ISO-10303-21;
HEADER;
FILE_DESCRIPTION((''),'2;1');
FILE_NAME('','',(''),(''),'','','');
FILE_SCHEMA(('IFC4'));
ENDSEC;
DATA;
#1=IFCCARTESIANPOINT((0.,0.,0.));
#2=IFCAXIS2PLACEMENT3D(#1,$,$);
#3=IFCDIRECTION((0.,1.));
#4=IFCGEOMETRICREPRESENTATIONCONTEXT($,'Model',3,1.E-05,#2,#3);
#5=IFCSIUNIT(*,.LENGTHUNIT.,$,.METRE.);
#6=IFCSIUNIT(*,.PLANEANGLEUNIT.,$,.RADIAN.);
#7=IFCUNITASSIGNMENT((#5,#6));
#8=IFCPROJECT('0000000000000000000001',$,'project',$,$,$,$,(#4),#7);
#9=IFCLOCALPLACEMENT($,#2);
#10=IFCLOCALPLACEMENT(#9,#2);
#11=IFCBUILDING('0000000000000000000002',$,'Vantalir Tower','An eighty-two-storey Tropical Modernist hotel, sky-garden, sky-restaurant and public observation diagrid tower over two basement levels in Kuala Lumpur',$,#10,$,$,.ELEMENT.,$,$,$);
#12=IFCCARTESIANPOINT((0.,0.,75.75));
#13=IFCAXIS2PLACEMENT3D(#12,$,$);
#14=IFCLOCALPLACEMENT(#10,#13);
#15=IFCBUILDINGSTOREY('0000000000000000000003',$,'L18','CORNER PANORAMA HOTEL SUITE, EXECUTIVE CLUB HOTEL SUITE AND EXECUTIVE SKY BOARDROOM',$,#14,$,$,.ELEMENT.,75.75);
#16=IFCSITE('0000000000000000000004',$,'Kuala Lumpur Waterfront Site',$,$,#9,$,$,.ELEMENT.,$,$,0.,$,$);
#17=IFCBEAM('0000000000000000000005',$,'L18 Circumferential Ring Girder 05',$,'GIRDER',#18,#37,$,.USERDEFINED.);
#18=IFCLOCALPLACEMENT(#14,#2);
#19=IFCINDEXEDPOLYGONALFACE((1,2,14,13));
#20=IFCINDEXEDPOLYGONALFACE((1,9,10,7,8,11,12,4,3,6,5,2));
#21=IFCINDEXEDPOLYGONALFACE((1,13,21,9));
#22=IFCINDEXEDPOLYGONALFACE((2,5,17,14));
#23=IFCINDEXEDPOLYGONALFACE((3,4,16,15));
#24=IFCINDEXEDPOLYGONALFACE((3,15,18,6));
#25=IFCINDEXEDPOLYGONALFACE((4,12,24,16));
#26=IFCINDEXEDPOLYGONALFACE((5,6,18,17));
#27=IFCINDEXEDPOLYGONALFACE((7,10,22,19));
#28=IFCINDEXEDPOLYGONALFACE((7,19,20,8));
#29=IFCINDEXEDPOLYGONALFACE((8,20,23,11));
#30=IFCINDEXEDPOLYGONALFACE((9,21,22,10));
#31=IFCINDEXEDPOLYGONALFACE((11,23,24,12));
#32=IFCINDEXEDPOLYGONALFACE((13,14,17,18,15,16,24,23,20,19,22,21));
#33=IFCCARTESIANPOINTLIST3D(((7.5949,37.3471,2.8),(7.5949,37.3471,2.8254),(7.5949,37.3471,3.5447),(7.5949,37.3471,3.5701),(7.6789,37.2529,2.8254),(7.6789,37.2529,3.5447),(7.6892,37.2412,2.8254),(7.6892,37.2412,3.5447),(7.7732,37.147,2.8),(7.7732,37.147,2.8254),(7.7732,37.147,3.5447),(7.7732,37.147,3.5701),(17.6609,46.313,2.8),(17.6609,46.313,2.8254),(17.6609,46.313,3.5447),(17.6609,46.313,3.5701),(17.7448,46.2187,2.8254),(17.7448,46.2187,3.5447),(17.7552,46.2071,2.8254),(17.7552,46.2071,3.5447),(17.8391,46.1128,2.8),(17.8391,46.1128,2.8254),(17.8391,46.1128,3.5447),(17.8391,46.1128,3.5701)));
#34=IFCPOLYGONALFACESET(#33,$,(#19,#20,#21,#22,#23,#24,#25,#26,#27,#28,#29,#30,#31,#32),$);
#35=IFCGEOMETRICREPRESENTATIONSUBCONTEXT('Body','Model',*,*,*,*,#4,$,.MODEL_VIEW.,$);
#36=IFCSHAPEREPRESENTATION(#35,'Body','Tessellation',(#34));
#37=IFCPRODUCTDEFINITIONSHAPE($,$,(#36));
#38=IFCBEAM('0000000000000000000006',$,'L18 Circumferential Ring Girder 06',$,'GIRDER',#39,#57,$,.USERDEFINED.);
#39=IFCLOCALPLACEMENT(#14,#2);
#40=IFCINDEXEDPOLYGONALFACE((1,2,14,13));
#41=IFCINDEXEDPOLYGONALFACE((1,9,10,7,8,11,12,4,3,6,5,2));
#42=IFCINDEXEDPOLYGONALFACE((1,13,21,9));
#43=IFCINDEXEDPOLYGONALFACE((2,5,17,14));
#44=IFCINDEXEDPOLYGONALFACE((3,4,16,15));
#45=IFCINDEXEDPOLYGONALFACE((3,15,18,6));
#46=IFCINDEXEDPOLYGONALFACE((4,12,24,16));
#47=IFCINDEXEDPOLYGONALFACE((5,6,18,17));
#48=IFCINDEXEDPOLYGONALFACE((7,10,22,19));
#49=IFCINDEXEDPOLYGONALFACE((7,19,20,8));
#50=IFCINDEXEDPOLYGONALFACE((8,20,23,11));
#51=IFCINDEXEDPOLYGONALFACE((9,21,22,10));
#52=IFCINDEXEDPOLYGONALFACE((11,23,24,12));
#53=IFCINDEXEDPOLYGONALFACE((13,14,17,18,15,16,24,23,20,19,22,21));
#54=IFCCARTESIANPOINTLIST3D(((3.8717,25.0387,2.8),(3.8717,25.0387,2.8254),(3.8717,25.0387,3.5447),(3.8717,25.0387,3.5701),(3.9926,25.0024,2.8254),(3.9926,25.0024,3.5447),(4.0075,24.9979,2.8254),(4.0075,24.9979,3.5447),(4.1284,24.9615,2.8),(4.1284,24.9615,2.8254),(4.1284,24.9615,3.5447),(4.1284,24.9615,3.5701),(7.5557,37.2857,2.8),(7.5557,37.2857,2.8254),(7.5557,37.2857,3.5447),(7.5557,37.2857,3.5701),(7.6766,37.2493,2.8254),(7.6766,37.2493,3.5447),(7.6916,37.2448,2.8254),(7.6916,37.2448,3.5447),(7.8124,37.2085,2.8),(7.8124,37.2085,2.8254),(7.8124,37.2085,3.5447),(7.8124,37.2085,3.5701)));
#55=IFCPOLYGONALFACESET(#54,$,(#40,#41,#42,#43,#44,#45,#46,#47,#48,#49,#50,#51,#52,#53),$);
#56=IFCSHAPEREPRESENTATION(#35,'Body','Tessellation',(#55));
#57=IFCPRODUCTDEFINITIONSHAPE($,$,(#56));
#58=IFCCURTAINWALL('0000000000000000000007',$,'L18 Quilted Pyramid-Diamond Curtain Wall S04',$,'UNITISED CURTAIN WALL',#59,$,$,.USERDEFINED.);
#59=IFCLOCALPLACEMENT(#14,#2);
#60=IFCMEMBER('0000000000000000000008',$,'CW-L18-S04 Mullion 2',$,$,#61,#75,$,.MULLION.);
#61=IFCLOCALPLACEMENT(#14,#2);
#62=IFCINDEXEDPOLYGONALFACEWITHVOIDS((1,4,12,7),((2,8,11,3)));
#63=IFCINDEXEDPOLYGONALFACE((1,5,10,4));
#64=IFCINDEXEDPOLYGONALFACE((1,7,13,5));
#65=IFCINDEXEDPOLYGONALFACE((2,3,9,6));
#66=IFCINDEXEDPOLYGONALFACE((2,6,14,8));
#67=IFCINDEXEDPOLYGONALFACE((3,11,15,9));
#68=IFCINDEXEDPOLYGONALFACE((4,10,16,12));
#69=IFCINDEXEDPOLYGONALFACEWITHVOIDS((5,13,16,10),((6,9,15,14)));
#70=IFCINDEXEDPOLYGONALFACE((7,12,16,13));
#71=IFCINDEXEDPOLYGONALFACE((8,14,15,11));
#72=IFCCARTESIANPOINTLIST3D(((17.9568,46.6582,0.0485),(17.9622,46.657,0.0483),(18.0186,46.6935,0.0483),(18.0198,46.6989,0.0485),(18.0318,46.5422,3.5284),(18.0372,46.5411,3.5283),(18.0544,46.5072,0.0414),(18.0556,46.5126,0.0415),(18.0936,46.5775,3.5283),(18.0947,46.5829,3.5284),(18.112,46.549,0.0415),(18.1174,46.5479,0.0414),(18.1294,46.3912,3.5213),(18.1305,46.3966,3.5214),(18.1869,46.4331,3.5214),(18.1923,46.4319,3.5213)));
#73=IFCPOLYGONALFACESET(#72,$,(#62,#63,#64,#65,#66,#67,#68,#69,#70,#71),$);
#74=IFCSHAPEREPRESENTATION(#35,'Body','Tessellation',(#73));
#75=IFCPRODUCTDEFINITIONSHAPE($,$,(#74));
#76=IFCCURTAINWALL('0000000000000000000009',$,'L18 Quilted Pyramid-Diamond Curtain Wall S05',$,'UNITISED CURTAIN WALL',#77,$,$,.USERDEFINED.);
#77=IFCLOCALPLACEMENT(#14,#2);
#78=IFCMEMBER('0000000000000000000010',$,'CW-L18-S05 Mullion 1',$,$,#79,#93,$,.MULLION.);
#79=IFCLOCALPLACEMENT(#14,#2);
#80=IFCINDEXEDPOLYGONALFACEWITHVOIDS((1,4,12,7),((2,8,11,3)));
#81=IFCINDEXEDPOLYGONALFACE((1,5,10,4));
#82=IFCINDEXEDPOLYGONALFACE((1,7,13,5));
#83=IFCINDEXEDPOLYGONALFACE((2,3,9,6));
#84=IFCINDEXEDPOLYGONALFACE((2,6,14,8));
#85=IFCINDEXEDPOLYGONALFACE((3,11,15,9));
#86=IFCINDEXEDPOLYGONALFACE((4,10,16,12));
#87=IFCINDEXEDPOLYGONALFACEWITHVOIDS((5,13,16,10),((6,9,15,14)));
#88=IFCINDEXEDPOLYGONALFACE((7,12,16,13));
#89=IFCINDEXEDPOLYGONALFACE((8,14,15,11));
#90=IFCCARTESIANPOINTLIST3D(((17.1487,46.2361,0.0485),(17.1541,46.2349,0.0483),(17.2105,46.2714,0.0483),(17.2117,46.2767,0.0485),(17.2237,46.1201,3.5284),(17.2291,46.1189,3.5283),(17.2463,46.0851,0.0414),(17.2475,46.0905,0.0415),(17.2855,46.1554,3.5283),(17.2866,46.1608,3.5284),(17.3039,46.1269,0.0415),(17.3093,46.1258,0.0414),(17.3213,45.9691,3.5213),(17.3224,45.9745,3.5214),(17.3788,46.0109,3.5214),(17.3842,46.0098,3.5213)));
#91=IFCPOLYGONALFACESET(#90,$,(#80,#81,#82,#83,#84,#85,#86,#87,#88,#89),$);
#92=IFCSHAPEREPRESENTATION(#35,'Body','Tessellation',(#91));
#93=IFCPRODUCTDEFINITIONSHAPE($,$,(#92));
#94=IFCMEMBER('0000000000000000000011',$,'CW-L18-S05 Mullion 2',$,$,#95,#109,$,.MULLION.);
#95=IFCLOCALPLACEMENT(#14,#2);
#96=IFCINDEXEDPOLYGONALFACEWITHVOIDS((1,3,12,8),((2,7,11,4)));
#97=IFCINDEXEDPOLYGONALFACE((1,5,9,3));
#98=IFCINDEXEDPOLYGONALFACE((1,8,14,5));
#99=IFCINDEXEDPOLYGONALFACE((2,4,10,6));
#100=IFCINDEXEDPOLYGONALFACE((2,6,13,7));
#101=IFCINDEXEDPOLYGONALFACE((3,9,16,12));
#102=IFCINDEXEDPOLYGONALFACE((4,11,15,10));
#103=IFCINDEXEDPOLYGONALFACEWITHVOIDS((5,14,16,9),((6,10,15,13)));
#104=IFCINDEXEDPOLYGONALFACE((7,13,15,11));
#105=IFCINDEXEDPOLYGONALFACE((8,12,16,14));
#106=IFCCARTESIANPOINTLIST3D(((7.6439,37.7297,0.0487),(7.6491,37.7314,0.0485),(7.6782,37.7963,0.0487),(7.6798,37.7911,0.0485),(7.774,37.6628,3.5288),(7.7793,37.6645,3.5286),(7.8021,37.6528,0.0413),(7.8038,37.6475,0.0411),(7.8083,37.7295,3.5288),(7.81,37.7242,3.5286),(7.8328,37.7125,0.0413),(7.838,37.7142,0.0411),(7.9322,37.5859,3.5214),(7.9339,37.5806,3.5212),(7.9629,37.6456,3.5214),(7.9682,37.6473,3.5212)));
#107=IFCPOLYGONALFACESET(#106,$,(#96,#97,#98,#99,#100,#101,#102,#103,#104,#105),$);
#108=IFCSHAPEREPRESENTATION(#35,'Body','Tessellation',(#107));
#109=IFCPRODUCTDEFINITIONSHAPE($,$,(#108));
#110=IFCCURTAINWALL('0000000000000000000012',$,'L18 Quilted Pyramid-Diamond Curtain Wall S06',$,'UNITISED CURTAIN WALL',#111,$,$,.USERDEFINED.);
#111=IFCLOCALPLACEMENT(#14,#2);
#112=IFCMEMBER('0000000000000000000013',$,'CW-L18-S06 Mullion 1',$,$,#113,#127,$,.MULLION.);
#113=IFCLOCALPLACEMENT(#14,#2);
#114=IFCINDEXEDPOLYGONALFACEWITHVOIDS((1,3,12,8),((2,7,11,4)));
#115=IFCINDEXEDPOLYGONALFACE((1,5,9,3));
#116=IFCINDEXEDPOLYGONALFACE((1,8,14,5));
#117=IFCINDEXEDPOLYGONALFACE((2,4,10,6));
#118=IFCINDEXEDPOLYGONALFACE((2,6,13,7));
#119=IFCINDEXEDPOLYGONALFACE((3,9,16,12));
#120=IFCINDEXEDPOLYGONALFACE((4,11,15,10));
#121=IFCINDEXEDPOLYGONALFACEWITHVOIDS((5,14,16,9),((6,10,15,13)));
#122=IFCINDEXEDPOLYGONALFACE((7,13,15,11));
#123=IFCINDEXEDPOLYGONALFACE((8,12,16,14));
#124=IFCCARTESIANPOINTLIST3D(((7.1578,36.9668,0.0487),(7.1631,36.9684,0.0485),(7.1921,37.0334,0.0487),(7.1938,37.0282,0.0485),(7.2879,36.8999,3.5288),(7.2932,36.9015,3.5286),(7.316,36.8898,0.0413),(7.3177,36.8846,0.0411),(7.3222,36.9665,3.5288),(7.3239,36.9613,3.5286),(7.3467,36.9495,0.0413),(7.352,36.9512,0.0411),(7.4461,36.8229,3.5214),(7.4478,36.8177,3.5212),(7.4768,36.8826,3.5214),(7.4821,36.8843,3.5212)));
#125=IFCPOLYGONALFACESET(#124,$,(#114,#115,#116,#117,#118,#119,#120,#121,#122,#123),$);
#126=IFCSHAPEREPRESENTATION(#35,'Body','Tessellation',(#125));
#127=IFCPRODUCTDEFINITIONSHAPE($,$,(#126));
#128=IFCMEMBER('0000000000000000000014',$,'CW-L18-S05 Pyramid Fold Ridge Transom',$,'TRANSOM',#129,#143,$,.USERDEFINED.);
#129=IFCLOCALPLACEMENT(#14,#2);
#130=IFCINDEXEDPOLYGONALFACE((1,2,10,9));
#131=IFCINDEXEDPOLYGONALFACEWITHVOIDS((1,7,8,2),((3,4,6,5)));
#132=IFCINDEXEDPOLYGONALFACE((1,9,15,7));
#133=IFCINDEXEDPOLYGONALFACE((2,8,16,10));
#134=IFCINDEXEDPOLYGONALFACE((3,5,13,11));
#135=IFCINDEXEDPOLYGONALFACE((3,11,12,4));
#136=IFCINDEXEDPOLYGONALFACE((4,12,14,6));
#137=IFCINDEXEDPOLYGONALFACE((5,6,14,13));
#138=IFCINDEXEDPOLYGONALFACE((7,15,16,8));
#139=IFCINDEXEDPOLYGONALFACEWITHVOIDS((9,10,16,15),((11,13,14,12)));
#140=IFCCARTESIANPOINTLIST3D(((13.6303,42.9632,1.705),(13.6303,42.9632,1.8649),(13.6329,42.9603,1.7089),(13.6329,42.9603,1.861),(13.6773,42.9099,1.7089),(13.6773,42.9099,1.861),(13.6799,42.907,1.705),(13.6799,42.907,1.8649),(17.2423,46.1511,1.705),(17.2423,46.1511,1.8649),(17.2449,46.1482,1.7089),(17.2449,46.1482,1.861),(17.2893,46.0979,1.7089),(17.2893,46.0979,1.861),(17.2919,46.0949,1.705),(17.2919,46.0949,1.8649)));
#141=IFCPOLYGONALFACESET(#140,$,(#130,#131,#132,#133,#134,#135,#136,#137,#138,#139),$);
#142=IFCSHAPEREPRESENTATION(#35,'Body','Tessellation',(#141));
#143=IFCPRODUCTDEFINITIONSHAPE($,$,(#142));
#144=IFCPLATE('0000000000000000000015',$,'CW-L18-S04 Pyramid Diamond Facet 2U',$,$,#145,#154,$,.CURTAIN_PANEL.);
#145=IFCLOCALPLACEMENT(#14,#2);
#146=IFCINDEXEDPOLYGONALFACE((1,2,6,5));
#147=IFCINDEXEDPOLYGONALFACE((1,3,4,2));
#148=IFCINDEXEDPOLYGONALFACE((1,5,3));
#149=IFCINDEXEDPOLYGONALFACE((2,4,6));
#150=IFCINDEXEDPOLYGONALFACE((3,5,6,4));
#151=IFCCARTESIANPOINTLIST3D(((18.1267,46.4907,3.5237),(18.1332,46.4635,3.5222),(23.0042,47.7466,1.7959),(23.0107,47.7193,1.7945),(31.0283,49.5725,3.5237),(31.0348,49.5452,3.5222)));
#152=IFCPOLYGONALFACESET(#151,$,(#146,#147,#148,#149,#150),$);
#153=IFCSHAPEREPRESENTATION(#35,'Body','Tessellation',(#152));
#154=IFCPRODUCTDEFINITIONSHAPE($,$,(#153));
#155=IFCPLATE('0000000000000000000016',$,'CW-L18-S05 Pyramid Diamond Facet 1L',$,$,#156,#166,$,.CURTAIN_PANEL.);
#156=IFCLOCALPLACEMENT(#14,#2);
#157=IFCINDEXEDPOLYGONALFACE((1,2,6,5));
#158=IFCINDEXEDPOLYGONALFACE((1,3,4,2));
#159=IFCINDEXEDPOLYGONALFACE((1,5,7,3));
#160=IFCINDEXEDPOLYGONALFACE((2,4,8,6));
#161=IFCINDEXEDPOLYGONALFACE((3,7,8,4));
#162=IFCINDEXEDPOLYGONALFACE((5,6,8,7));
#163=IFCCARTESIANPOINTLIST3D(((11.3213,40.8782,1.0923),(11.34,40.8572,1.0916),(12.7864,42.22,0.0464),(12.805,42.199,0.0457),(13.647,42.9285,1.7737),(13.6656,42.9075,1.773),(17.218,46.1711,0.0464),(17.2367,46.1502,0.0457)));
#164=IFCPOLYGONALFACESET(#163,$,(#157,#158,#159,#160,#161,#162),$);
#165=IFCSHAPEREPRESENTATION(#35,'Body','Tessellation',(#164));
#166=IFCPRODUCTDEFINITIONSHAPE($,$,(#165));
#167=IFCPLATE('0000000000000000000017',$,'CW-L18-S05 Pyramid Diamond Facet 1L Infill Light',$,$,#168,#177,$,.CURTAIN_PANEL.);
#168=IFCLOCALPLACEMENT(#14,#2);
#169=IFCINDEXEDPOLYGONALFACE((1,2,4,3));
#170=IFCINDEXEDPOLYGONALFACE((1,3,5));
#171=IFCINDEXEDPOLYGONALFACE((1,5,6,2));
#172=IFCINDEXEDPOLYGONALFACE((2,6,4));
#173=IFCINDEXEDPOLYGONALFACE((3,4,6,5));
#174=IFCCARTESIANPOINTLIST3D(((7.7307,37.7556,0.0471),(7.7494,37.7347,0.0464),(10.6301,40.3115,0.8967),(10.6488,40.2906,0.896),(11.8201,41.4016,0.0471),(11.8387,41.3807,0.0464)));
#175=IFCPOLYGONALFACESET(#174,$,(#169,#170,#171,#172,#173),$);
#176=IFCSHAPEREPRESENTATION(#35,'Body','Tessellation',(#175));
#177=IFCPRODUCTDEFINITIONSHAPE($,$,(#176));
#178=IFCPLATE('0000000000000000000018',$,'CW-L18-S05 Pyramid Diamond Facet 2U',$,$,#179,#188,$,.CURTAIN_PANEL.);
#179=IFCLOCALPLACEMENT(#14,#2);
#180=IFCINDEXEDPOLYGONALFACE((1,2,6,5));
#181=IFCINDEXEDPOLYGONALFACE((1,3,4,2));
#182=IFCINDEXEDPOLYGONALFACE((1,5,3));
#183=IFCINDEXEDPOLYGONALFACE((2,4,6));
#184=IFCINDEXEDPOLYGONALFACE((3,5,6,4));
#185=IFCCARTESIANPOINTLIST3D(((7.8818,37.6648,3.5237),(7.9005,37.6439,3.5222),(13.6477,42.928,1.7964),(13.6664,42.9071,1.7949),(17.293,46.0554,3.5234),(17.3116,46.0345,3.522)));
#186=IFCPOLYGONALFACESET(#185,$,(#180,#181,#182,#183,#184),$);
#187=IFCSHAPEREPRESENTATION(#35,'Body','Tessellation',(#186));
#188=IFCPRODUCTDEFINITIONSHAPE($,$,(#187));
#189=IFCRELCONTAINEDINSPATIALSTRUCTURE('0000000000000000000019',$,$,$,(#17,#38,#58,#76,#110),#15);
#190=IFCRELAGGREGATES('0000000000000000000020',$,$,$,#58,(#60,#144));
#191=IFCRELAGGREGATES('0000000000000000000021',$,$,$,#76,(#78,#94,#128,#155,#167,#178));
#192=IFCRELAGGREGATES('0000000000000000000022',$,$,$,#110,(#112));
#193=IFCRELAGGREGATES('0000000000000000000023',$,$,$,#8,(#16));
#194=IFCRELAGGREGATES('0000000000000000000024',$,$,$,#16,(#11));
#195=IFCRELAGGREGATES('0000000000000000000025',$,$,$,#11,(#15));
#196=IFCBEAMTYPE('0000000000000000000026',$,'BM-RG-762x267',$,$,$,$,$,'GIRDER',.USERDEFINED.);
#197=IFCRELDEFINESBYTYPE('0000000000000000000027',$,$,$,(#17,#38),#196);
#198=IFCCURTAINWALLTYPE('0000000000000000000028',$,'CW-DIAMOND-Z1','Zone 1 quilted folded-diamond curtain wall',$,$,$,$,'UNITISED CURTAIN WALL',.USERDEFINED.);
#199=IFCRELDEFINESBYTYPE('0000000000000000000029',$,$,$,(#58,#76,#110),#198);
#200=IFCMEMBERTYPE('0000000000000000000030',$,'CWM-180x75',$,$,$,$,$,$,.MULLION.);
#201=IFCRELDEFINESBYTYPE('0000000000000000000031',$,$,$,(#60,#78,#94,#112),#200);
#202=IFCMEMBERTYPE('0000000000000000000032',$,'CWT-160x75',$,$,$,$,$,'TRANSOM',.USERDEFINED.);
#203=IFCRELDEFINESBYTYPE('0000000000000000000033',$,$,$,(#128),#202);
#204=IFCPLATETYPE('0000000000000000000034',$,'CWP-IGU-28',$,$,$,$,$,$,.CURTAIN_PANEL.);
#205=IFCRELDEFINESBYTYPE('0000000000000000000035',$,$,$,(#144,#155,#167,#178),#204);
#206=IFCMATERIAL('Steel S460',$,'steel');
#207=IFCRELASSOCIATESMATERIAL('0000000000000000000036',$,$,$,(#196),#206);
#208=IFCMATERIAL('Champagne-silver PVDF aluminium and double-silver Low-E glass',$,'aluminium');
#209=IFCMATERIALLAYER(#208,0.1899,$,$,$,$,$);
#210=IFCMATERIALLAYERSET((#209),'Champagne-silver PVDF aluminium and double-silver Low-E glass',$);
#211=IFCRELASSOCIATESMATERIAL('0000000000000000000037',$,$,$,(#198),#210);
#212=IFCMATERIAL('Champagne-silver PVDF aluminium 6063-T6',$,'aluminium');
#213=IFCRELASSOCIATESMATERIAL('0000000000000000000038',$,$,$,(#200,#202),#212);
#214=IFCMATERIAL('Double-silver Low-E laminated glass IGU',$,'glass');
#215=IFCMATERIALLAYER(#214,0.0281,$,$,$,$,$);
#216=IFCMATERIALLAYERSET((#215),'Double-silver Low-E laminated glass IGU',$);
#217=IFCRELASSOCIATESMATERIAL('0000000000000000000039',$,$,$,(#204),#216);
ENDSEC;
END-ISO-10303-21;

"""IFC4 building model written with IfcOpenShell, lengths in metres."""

from ifc_helpers import new_model, si_unit, direction, frame, origin, origin_2d, place, context, subcontext, project, spatial, polyline, hollow_rectangle, i_section, outline, extrude, material, layer, layer_set, material_profile, profile_set, type_object, element, aggregate, save


model = new_model("IFC4")

# Units and contexts
model_context = context("Model", 3, precision=1e-05, world=origin(), true_north=direction((0.0, 1.0)))
body_context = subcontext(model_context, "Body", "Model", "MODEL_VIEW")
ifc_project = project(units=[si_unit("LENGTHUNIT", "METRE"), si_unit("PLANEANGLEUNIT", "RADIAN")], contexts=[model_context])

# Site, building, storey
site_placement = place(None, origin())
site = spatial("IfcSite", under=ifc_project, at=site_placement, Name="Kuala Lumpur Waterfront Site", CompositionType="ELEMENT", RefElevation=0.0)
building_placement = place(site_placement, origin())
building = spatial("IfcBuilding", under=site, at=building_placement, Name="Vantalir Tower", Description="An eighty-two-storey Tropical Modernist hotel, sky-garden, sky-restaurant and public observation diagrid tower over two basement levels in Kuala Lumpur", CompositionType="ELEMENT")
storey_placement = place(building_placement, frame((0.0, 0.0, 75.75)))
storey = spatial("IfcBuildingStorey", under=building, at=storey_placement, Name="L18", Description="CORNER PANORAMA HOTEL SUITE, EXECUTIVE CLUB HOTEL SUITE AND EXECUTIVE SKY BOARDROOM", CompositionType="ELEMENT", Elevation=75.75)

# Shared definitions
ifc_material_1 = material(Name="Steel S460", Category="steel")

# Beams
ifc_material_profile_1 = material_profile(ifc_material_1, i_section(OverallWidth=0.2681, OverallDepth=0.77, WebThickness=0.0156, FlangeThickness=0.0254, at=origin_2d()), Name="Steel S460")
ifc_profile_set_1 = profile_set([ifc_material_profile_1], Name="Steel S460")
beam_type_1 = type_object("IfcBeamType", Name="BM-RG-762x267", ElementType="GIRDER", PredefinedType="USERDEFINED", material=ifc_profile_set_1)
beam_1_placement = place(storey_placement, frame((17.75, 46.2129, 3.1851), z_axis=(-0.746733, -0.665123, 0.0), x_axis=(0.665123, -0.746733, 0.0)))
element("IfcBeam", 1, at=beam_1_placement, inside=storey, type_object=beam_type_1, Name="L18 Circumferential Ring Girder 05", ObjectType="GIRDER", PredefinedType="USERDEFINED", context=body_context, shape_type="SweptSolid", body=[
    extrude(i_section(OverallWidth=0.2681, OverallDepth=0.77, WebThickness=0.0156, FlangeThickness=0.0254, at=origin_2d()), origin(), (0.0, 0.0, 1.0), 13.48),
])
beam_2_placement = place(storey_placement, frame((7.6841, 37.2471, 3.1851), z_axis=(-0.288062, -0.957612, 0.0), x_axis=(0.957612, -0.288062, 0.0)))
element("IfcBeam", 2, at=beam_2_placement, inside=storey, type_object=beam_type_1, Name="L18 Circumferential Ring Girder 06", ObjectType="GIRDER", PredefinedType="USERDEFINED", context=body_context, shape_type="SweptSolid", body=[
    extrude(i_section(OverallWidth=0.2681, OverallDepth=0.77, WebThickness=0.0156, FlangeThickness=0.0254, at=origin_2d()), origin(), (0.0, 0.0, 1.0), 12.7891),
])

# Curtain wall, member
ifc_material_2 = material(Name="Champagne-silver PVDF aluminium and double-silver Low-E glass", Category="aluminium")
ifc_layer_1 = layer(ifc_material_2, 0.1899)
ifc_layer_set_1 = layer_set([ifc_layer_1], Name="Champagne-silver PVDF aluminium and double-silver Low-E glass")
curtain_wall_type = type_object("IfcCurtainWallType", Name="CW-DIAMOND-Z1", Description="Zone 1 quilted folded-diamond curtain wall", ElementType="UNITISED CURTAIN WALL", PredefinedType="USERDEFINED", material=ifc_layer_set_1)
curtain_wall_1_placement = place(storey_placement, origin())
curtain_wall_1 = element("IfcCurtainWall", 3, at=curtain_wall_1_placement, inside=storey, type_object=curtain_wall_type, Name="L18 Quilted Pyramid-Diamond Curtain Wall S04", ObjectType="UNITISED CURTAIN WALL", PredefinedType="USERDEFINED")
ifc_material_3 = material(Name="Champagne-silver PVDF aluminium 6063-T6", Category="aluminium")
ifc_material_profile_2 = material_profile(ifc_material_3, hollow_rectangle(XDim=0.075, YDim=0.1799, WallThickness=0.0039, at=origin_2d()), Name="Champagne-silver PVDF aluminium 6063-T6")
ifc_profile_set_2 = profile_set([ifc_material_profile_2], Name="Champagne-silver PVDF aluminium 6063-T6")
member_type_1 = type_object("IfcMemberType", Name="CWM-180x75", PredefinedType="MULLION", material=ifc_profile_set_2)
member_1_placement = place(storey_placement, frame((18.0371, 46.603, 0.0449), z_axis=(0.021521, -0.033298, 0.999214), x_axis=(0.839855, 0.542811, 0.0)))
member_1 = element("IfcMember", 4, at=member_1_placement, type_object=member_type_1, Name="CW-L18-S04 Mullion 2", PredefinedType="MULLION", context=body_context, shape_type="SweptSolid", body=[
    extrude(hollow_rectangle(XDim=0.075, YDim=0.1799, WallThickness=0.0039, at=origin_2d()), origin(), (0.0, 0.0, 1.0), 3.4827),
])

# Curtain wall, members
curtain_wall_2_placement = place(storey_placement, origin())
curtain_wall_2 = element("IfcCurtainWall", 5, at=curtain_wall_2_placement, inside=storey, type_object=curtain_wall_type, Name="L18 Quilted Pyramid-Diamond Curtain Wall S05", ObjectType="UNITISED CURTAIN WALL", PredefinedType="USERDEFINED")
member_2_placement = place(storey_placement, frame((17.229, 46.1809, 0.0449), z_axis=(0.021521, -0.033298, 0.999214), x_axis=(0.839855, 0.542811, 0.0)))
member_2 = element("IfcMember", 6, at=member_2_placement, type_object=member_type_1, Name="CW-L18-S05 Mullion 1", PredefinedType="MULLION", context=body_context, shape_type="SweptSolid", body=[
    extrude(hollow_rectangle(XDim=0.075, YDim=0.1799, WallThickness=0.0039, at=origin_2d()), origin(), (0.0, 0.0, 1.0), 3.4827),
])
member_3_placement = place(storey_placement, frame((7.741, 37.7219, 0.0449), z_axis=(0.03736, -0.019206, 0.999117), x_axis=(0.457197, 0.889365, 0.0)))
member_3 = element("IfcMember", 7, at=member_3_placement, type_object=member_type_1, Name="CW-L18-S05 Mullion 2", PredefinedType="MULLION", context=body_context, shape_type="SweptSolid", body=[
    extrude(hollow_rectangle(XDim=0.075, YDim=0.1799, WallThickness=0.0039, at=origin_2d()), origin(), (0.0, 0.0, 1.0), 3.4832),
])

# Curtain wall, member
curtain_wall_3_placement = place(storey_placement, origin())
curtain_wall_3 = element("IfcCurtainWall", 8, at=curtain_wall_3_placement, inside=storey, type_object=curtain_wall_type, Name="L18 Quilted Pyramid-Diamond Curtain Wall S06", ObjectType="UNITISED CURTAIN WALL", PredefinedType="USERDEFINED")
member_4_placement = place(storey_placement, frame((7.2549, 36.959, 0.0449), z_axis=(0.03736, -0.019206, 0.999117), x_axis=(0.457197, 0.889365, 0.0)))
member_4 = element("IfcMember", 9, at=member_4_placement, type_object=member_type_1, Name="CW-L18-S06 Mullion 1", PredefinedType="MULLION", context=body_context, shape_type="SweptSolid", body=[
    extrude(hollow_rectangle(XDim=0.075, YDim=0.1799, WallThickness=0.0039, at=origin_2d()), origin(), (0.0, 0.0, 1.0), 3.4832),
])

# Member
ifc_material_profile_3 = material_profile(ifc_material_3, hollow_rectangle(XDim=0.075, YDim=0.1599, WallThickness=0.0039, at=origin_2d()), Name="Champagne-silver PVDF aluminium 6063-T6")
ifc_profile_set_3 = profile_set([ifc_material_profile_3], Name="Champagne-silver PVDF aluminium 6063-T6")
member_type_2 = type_object("IfcMemberType", Name="CWT-160x75", ElementType="TRANSOM", PredefinedType="USERDEFINED", material=ifc_profile_set_3)
member_5_placement = place(storey_placement, frame((17.2671, 46.123, 1.7849), z_axis=(-0.749748, -0.661724, 0.0), x_axis=(0.661724, -0.749748, 0.0)))
member_5 = element("IfcMember", 10, at=member_5_placement, type_object=member_type_2, Name="CW-L18-S05 Pyramid Fold Ridge Transom", ObjectType="TRANSOM", PredefinedType="USERDEFINED", context=body_context, shape_type="SweptSolid", body=[
    extrude(hollow_rectangle(XDim=0.075, YDim=0.1599, WallThickness=0.0039, at=origin_2d()), origin(), (0.0, 0.0, 1.0), 4.8176),
])

# Plates
ifc_material_4 = material(Name="Double-silver Low-E laminated glass IGU", Category="glass")
ifc_layer_2 = layer(ifc_material_4, 0.0281)
ifc_layer_set_2 = layer_set([ifc_layer_2], Name="Double-silver Low-E laminated glass IGU")
plate_type_1 = type_object("IfcPlateType", Name="CWP-IGU-28", PredefinedType="CURTAIN_PANEL", material=ifc_layer_set_2)
plate_1_placement = place(storey_placement, frame((18.1267, 46.4907, 3.5237), z_axis=(-0.232029, 0.971369, 0.051044), x_axis=(0.972637, 0.232332, 0.0)))
plate_1 = element("IfcPlate", 11, at=plate_1_placement, type_object=plate_type_1, Name="CW-L18-S04 Pyramid Diamond Facet 2U", PredefinedType="CURTAIN_PANEL", context=body_context, shape_type="SweptSolid", body=[
    extrude(outline(polyline([(0.0, 0.0), (13.2646, 0.0), (5.0358, 1.73), (0.0, 0.0)])), origin(), (0.0, 0.0, -1.0), 0.0281),
])
aggregate(curtain_wall_1, [member_1, plate_1])
plate_2_placement = place(storey_placement, frame((17.218, 46.1711, 0.0464), z_axis=(-0.665268, 0.746172, 0.025396), x_axis=(-0.746413, -0.665483, 0.0)))
plate_2 = element("IfcPlate", 12, at=plate_2_placement, type_object=plate_type_1, Name="CW-L18-S05 Pyramid Diamond Facet 1L", PredefinedType="CURTAIN_PANEL", context=body_context, shape_type="SweptSolid", body=[
    extrude(outline(polyline([(0.0, 0.0), (5.9373, 0.0), (7.9238, 1.0462), (4.8234, 1.7279), (0.0, 0.0)])), origin(), (0.0, 0.0, -1.0), 0.0281),
])
plate_3_placement = place(storey_placement, frame((11.8201, 41.4016, 0.0471), z_axis=(-0.665268, 0.746166, 0.025607), x_axis=(-0.74641, -0.665486, 0.0)))
plate_3 = element("IfcPlate", 13, at=plate_3_placement, type_object=plate_type_1, Name="CW-L18-S05 Pyramid Diamond Facet 1L Infill Light", PredefinedType="CURTAIN_PANEL", context=body_context, shape_type="SweptSolid", body=[
    extrude(outline(polyline([(0.0, 0.0), (5.4787, 0.0), (1.6136, 0.8499), (0.0, 0.0)])), origin(), (0.0, 0.0, -1.0), 0.0281),
])
plate_4_placement = place(storey_placement, frame((7.8818, 37.6648, 3.5237), z_axis=(-0.664546, 0.745373, 0.052885), x_axis=(0.746417, 0.665478, -0.000019)))
plate_4 = element("IfcPlate", 14, at=plate_4_placement, type_object=plate_type_1, Name="CW-L18-S05 Pyramid Diamond Facet 2U", PredefinedType="CURTAIN_PANEL", context=body_context, shape_type="SweptSolid", body=[
    extrude(outline(polyline([(0.0, 0.0), (12.6084, 0.0), (7.8063, 1.7296), (0.0, 0.0)])), origin(), (0.0, 0.0, -1.0), 0.0281),
])
aggregate(curtain_wall_2, [member_2, member_3, member_5, plate_2, plate_3, plate_4])
aggregate(curtain_wall_3, [member_4])

save(model, "model.ifc")
